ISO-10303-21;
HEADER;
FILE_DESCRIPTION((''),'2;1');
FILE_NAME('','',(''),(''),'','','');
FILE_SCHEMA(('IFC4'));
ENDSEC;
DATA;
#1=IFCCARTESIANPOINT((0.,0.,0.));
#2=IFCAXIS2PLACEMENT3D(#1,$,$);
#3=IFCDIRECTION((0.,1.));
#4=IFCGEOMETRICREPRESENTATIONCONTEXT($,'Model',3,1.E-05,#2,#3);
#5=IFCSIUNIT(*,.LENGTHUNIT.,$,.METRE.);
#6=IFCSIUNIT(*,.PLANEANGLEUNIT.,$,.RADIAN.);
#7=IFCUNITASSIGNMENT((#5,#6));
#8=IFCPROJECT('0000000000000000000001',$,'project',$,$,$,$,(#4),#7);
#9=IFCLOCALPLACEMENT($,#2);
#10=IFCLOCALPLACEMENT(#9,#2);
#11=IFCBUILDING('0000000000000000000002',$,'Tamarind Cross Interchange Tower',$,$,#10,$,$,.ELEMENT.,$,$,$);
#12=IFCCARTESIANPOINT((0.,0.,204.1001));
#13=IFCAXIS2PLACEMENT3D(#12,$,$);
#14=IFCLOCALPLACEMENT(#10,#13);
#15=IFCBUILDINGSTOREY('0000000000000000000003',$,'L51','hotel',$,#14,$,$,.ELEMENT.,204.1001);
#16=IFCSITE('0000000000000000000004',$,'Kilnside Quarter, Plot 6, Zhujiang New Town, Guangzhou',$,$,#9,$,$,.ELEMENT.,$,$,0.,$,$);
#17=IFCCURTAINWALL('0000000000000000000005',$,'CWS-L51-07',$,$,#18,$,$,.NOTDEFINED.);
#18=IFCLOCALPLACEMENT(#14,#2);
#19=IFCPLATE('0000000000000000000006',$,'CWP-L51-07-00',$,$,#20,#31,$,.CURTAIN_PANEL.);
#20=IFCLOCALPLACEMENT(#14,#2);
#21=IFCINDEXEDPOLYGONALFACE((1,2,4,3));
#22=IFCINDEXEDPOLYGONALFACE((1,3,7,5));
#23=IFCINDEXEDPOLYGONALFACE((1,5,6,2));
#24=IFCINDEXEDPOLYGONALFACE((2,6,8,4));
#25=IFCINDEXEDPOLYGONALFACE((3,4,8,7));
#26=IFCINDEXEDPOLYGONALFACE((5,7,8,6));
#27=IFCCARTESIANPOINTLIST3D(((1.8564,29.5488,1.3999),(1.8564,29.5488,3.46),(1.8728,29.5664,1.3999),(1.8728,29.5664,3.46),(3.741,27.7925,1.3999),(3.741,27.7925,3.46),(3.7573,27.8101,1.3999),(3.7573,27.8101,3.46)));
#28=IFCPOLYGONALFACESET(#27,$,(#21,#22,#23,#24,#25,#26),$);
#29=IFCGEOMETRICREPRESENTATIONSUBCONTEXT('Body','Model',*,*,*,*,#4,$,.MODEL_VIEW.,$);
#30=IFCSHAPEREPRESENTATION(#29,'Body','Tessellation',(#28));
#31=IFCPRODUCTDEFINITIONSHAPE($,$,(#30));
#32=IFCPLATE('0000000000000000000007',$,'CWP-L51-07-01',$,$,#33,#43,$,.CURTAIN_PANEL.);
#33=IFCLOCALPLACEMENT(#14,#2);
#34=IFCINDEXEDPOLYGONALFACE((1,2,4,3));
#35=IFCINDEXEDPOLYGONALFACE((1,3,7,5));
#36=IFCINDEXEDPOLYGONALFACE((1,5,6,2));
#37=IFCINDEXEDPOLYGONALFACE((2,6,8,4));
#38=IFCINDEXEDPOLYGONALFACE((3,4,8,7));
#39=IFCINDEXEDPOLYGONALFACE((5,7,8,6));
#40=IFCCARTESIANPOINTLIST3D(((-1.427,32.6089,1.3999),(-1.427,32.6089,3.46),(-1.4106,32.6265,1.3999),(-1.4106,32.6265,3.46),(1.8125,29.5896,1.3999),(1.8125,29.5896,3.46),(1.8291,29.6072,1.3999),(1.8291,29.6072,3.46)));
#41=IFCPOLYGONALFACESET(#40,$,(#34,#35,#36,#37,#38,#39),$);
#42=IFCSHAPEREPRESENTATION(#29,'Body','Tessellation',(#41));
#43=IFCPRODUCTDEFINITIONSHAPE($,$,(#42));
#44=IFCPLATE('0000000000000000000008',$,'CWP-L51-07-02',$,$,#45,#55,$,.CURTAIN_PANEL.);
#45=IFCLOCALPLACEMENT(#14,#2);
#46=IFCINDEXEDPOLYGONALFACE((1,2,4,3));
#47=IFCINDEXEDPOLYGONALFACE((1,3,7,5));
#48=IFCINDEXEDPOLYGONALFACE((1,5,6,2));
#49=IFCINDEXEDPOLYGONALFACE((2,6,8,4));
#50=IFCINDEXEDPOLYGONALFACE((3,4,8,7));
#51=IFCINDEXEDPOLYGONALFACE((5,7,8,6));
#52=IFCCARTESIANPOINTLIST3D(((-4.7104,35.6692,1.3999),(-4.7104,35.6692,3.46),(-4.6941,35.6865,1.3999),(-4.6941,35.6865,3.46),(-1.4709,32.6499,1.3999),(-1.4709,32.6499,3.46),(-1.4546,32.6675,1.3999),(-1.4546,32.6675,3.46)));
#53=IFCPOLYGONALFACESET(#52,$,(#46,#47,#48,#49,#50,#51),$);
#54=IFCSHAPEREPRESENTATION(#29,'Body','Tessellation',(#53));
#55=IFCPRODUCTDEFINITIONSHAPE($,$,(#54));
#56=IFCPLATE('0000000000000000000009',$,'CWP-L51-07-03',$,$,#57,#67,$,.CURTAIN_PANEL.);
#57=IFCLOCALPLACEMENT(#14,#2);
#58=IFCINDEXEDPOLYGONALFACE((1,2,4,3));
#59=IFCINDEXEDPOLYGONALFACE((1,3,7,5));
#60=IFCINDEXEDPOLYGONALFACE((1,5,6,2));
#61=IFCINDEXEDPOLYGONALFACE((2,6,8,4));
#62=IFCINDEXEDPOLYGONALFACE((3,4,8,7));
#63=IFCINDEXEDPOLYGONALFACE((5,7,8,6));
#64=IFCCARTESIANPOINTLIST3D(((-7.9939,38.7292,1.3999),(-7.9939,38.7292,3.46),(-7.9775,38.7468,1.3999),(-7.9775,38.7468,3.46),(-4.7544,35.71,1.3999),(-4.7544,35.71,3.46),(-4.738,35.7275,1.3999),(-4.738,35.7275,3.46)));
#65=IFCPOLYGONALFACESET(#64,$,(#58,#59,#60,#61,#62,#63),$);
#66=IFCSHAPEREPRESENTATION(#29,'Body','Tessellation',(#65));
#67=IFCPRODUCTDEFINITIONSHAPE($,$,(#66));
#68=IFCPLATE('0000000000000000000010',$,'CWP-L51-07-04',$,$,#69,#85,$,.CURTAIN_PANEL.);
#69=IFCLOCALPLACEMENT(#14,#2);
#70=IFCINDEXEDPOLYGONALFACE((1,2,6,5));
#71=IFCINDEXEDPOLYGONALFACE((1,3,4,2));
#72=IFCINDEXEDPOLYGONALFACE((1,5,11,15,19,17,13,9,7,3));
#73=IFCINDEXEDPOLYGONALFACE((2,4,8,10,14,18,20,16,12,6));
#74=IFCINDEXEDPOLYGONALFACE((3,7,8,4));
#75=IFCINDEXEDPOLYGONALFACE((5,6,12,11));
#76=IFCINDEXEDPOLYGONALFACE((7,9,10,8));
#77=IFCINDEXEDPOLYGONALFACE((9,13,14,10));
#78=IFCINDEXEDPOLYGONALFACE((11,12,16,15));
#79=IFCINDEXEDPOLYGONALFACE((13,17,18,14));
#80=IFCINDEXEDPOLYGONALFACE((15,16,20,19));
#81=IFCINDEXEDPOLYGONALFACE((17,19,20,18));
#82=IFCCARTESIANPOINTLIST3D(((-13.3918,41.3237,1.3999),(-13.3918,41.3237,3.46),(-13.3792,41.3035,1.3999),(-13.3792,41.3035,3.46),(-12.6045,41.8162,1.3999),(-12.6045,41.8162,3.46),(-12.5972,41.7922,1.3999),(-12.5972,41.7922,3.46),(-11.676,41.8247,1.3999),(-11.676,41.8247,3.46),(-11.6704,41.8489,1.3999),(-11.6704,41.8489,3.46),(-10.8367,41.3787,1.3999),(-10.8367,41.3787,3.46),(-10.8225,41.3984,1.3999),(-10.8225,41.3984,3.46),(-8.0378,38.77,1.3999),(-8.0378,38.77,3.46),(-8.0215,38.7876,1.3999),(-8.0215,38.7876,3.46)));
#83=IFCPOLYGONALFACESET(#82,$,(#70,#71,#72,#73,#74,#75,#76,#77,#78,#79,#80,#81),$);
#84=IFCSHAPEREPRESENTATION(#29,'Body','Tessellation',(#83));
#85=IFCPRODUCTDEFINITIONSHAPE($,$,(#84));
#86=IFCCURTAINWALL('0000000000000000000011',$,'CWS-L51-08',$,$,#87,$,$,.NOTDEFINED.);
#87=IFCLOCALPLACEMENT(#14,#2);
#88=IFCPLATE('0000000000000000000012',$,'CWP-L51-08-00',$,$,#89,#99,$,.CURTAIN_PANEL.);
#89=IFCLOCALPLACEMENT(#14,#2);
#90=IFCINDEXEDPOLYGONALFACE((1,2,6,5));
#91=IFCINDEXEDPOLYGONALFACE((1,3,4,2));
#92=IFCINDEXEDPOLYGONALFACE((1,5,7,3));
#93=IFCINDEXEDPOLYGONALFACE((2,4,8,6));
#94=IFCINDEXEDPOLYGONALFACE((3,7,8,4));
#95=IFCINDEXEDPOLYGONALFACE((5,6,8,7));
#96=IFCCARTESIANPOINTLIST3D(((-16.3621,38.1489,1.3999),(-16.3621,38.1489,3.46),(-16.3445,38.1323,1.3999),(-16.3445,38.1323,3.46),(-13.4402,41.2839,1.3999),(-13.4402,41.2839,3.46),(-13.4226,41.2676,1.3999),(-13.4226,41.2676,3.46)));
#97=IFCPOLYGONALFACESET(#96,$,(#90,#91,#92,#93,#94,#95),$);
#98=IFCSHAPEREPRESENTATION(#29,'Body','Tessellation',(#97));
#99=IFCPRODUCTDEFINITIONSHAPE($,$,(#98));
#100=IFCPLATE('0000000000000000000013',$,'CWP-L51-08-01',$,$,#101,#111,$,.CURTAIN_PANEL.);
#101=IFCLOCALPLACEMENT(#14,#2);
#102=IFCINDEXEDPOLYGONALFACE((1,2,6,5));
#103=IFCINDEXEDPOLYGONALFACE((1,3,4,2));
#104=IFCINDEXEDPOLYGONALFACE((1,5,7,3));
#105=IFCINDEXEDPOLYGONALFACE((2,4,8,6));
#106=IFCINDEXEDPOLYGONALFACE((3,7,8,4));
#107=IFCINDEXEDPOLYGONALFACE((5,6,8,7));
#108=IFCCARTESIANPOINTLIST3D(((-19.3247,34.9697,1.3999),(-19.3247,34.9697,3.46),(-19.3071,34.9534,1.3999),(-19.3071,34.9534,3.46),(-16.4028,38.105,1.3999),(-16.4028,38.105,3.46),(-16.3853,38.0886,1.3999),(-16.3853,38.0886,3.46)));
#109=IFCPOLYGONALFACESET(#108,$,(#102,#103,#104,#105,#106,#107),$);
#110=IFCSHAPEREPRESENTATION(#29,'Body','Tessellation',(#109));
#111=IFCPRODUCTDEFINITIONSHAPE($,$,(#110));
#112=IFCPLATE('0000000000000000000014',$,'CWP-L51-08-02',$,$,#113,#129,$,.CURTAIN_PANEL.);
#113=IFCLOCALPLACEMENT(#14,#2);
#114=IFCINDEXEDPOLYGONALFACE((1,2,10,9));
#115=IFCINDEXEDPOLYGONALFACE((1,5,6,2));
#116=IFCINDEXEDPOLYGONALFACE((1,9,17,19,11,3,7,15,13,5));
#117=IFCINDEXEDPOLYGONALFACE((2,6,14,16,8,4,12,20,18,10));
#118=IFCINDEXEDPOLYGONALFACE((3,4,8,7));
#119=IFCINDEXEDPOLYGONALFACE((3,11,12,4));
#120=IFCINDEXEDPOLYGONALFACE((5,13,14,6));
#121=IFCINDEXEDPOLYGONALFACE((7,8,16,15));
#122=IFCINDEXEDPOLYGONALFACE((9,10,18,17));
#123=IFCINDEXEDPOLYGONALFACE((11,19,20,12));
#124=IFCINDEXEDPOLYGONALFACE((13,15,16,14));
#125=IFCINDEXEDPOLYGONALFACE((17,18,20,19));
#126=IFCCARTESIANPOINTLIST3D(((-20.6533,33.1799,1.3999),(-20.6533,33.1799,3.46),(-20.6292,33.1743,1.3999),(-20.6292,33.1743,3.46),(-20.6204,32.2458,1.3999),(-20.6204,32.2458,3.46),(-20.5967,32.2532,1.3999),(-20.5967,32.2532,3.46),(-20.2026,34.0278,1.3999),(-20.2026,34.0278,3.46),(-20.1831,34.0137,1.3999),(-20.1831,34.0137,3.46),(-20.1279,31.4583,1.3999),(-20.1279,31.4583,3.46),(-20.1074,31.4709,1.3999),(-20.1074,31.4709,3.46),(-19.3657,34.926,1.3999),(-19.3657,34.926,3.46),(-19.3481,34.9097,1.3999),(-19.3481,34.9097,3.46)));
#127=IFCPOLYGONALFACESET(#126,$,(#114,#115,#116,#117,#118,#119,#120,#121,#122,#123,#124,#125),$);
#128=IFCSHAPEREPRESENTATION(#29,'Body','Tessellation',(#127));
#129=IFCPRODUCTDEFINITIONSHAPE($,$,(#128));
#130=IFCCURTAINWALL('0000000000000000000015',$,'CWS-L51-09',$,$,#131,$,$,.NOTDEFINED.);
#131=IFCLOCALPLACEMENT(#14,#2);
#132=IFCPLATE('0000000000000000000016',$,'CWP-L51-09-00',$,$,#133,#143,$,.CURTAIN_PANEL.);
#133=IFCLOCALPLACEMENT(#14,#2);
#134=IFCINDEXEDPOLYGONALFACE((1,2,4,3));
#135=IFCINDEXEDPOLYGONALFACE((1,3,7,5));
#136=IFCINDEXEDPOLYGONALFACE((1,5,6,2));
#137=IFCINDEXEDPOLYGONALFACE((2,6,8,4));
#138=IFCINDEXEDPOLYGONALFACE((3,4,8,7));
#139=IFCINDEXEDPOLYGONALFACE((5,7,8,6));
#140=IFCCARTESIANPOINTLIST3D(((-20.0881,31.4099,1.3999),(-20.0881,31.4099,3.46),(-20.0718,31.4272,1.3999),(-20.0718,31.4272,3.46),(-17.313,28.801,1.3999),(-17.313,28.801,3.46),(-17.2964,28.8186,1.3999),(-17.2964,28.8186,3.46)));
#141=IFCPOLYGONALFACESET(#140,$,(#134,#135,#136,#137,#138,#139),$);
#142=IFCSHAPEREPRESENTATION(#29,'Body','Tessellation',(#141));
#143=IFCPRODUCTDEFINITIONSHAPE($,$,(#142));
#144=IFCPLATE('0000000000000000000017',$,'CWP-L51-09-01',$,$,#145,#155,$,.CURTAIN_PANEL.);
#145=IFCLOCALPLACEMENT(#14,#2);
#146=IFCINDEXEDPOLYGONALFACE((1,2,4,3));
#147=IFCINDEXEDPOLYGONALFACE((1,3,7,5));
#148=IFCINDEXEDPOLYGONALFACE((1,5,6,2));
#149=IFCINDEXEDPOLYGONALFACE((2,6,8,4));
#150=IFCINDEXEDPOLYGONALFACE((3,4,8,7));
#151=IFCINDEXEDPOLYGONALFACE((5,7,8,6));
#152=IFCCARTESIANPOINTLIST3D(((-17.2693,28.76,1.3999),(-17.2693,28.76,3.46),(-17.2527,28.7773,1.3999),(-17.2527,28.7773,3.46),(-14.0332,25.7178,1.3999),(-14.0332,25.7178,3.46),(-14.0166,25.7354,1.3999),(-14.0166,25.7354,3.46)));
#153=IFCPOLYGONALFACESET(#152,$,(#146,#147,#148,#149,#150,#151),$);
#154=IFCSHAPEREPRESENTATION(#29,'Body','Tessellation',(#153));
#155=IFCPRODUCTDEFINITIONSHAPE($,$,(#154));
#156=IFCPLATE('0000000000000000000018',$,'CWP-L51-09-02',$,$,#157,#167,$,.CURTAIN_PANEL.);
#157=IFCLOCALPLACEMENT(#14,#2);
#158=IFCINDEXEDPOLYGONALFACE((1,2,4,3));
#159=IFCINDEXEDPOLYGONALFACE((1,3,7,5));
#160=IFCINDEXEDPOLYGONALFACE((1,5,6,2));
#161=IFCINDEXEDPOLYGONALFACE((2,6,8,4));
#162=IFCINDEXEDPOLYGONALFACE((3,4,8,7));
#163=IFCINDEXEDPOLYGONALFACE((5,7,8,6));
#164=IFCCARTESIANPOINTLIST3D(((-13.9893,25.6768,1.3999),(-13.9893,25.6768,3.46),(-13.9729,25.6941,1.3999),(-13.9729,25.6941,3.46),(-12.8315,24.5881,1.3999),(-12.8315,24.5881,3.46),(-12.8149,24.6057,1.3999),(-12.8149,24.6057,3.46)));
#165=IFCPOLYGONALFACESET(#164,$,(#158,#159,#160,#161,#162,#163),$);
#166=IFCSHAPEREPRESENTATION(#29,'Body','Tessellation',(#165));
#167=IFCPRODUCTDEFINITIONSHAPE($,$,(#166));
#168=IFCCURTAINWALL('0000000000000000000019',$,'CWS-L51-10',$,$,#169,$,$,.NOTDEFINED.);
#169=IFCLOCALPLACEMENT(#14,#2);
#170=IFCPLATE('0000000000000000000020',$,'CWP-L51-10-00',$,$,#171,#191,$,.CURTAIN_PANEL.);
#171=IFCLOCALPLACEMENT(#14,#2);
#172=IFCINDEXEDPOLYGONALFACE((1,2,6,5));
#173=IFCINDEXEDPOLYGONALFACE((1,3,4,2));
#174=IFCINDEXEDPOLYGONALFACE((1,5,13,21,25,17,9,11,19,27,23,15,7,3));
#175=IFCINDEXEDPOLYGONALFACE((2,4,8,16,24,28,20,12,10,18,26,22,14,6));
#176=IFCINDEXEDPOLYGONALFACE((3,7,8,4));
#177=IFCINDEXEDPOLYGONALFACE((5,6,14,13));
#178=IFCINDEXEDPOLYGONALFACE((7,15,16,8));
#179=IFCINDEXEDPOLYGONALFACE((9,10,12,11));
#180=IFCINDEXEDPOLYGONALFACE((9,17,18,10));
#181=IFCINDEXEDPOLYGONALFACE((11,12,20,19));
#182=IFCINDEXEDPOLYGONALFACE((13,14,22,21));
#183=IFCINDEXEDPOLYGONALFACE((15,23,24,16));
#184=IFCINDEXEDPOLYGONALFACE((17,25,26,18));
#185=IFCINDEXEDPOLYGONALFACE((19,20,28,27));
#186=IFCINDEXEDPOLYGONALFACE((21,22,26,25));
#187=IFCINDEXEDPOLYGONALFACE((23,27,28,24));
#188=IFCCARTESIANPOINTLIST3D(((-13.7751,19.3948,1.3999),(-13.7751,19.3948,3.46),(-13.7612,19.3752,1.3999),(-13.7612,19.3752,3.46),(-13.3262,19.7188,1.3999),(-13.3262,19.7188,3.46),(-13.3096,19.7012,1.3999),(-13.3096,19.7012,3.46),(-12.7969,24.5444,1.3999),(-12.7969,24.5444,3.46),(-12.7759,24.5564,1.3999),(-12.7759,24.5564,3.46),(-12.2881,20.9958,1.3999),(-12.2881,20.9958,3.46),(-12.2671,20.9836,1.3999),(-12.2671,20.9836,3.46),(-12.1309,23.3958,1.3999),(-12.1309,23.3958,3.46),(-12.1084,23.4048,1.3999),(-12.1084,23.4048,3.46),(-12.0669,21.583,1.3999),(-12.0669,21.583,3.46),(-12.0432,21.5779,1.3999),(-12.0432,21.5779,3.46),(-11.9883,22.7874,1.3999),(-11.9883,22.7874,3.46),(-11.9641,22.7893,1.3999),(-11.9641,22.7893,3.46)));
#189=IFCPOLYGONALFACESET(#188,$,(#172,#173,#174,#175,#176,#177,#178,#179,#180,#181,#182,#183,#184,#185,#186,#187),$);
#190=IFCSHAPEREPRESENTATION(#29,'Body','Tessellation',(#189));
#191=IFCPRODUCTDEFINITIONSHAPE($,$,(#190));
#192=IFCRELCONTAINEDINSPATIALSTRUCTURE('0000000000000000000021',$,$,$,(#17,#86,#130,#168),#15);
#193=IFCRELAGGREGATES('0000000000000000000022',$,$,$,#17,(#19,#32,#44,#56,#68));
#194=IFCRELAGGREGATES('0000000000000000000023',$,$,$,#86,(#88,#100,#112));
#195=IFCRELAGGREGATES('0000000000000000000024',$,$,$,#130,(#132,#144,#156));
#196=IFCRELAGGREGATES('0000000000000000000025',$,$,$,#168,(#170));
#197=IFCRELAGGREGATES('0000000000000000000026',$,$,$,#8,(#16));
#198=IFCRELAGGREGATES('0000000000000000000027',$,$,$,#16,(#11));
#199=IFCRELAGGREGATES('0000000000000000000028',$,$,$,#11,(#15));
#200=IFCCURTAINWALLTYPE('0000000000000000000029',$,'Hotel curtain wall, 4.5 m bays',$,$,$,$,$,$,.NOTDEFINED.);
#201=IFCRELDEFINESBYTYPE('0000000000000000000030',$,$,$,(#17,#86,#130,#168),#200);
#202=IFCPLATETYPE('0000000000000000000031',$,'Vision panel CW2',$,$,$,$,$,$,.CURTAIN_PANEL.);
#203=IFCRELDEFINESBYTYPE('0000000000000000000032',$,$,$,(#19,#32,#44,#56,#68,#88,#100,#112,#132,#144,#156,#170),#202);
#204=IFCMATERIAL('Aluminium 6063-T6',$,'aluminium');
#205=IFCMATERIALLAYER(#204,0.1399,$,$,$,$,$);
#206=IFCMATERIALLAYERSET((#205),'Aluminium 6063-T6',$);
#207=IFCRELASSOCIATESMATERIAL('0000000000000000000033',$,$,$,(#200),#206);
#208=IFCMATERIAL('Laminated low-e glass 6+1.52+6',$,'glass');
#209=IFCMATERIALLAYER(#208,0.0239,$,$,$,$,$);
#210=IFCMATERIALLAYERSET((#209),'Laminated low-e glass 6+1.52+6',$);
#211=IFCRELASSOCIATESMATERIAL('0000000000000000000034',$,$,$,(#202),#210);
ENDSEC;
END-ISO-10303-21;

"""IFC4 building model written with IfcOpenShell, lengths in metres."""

from ifc_helpers import new_model, si_unit, direction, frame, origin, place, context, subcontext, project, spatial, polyline, outline, extrude, material, layer, layer_set, type_object, element, aggregate, save


model = new_model("IFC4")

# Units and contexts
model_context = context("Model", 3, precision=1e-05, world=origin(), true_north=direction((0.0, 1.0)))
body_context = subcontext(model_context, "Body", "Model", "MODEL_VIEW")
ifc_project = project(units=[si_unit("LENGTHUNIT", "METRE"), si_unit("PLANEANGLEUNIT", "RADIAN")], contexts=[model_context])

# Site, building, storey
site_placement = place(None, origin())
site = spatial("IfcSite", under=ifc_project, at=site_placement, Name="Kilnside Quarter, Plot 6, Zhujiang New Town, Guangzhou", CompositionType="ELEMENT", RefElevation=0.0)
building_placement = place(site_placement, origin())
building = spatial("IfcBuilding", under=site, at=building_placement, Name="Tamarind Cross Interchange Tower", CompositionType="ELEMENT")
storey_placement = place(building_placement, frame((0.0, 0.0, 204.1001)))
storey = spatial("IfcBuildingStorey", under=building, at=storey_placement, Name="L51", Description="hotel", CompositionType="ELEMENT", Elevation=204.1001)

# Curtain walls, plates
ifc_material_1 = material(Name="Aluminium 6063-T6", Category="aluminium")
ifc_layer_1 = layer(ifc_material_1, 0.1399)
ifc_layer_set_1 = layer_set([ifc_layer_1], Name="Aluminium 6063-T6")
curtain_wall_type = type_object("IfcCurtainWallType", Name="Hotel curtain wall, 4.5 m bays", PredefinedType="NOTDEFINED", material=ifc_layer_set_1)
ifc_material_2 = material(Name="Laminated low-e glass 6+1.52+6", Category="glass")
ifc_layer_2 = layer(ifc_material_2, 0.0239)
ifc_layer_set_2 = layer_set([ifc_layer_2], Name="Laminated low-e glass 6+1.52+6")
plate_type = type_object("IfcPlateType", Name="Vision panel CW2", PredefinedType="CURTAIN_PANEL", material=ifc_layer_set_2)
curtain_wall_1_placement = place(storey_placement, origin())
curtain_wall_1 = element("IfcCurtainWall", 1, at=curtain_wall_1_placement, inside=storey, type_object=curtain_wall_type, Name="CWS-L51-07", PredefinedType="NOTDEFINED")
plate_1_placement = place(storey_placement, frame((0.0, 0.0, 1.3999)))
plate_1 = element("IfcPlate", 2, at=plate_1_placement, type_object=plate_type, Name="CWP-L51-07-00", PredefinedType="CURTAIN_PANEL", context=body_context, shape_type="SweptSolid", body=[
    extrude(outline(polyline([(3.741, 27.7925), (1.8564, 29.5488), (1.8728, 29.5664), (3.7573, 27.8101), (3.741, 27.7925)])), origin(), (0.0, 0.0, 1.0), 2.0601),
])
plate_2_placement = place(storey_placement, frame((0.0, 0.0, 1.3999)))
plate_2 = element("IfcPlate", 3, at=plate_2_placement, type_object=plate_type, Name="CWP-L51-07-01", PredefinedType="CURTAIN_PANEL", context=body_context, shape_type="SweptSolid", body=[
    extrude(outline(polyline([(1.8125, 29.5896), (-1.427, 32.6089), (-1.4106, 32.6265), (1.8291, 29.6072), (1.8125, 29.5896)])), origin(), (0.0, 0.0, 1.0), 2.0601),
])
plate_3_placement = place(storey_placement, frame((0.0, 0.0, 1.3999)))
plate_3 = element("IfcPlate", 4, at=plate_3_placement, type_object=plate_type, Name="CWP-L51-07-02", PredefinedType="CURTAIN_PANEL", context=body_context, shape_type="SweptSolid", body=[
    extrude(outline(polyline([(-1.4709, 32.6499), (-4.7104, 35.6692), (-4.6941, 35.6865), (-1.4546, 32.6675), (-1.4709, 32.6499)])), origin(), (0.0, 0.0, 1.0), 2.0601),
])
plate_4_placement = place(storey_placement, frame((0.0, 0.0, 1.3999)))
plate_4 = element("IfcPlate", 5, at=plate_4_placement, type_object=plate_type, Name="CWP-L51-07-03", PredefinedType="CURTAIN_PANEL", context=body_context, shape_type="SweptSolid", body=[
    extrude(outline(polyline([(-4.7544, 35.71), (-7.9939, 38.7292), (-7.9775, 38.7468), (-4.738, 35.7275), (-4.7544, 35.71)])), origin(), (0.0, 0.0, 1.0), 2.0601),
])
plate_5_placement = place(storey_placement, frame((0.0, 0.0, 1.3999)))
plate_5 = element("IfcPlate", 6, at=plate_5_placement, type_object=plate_type, Name="CWP-L51-07-04", PredefinedType="CURTAIN_PANEL", context=body_context, shape_type="SweptSolid", body=[
    extrude(outline(polyline([(-8.0378, 38.77), (-10.8367, 41.3787), (-11.676, 41.8247), (-12.5972, 41.7922), (-13.3792, 41.3035), (-13.3918, 41.3237), (-12.6045, 41.8162), (-11.6704, 41.8489), (-10.8225, 41.3984), (-8.0215, 38.7876), (-8.0378, 38.77)])), origin(), (0.0, 0.0, 1.0), 2.0601),
])
aggregate(curtain_wall_1, [plate_1, plate_2, plate_3, plate_4, plate_5])
curtain_wall_2_placement = place(storey_placement, origin())
curtain_wall_2 = element("IfcCurtainWall", 7, at=curtain_wall_2_placement, inside=storey, type_object=curtain_wall_type, Name="CWS-L51-08", PredefinedType="NOTDEFINED")
plate_6_placement = place(storey_placement, frame((0.0, 0.0, 1.3999)))
plate_6 = element("IfcPlate", 8, at=plate_6_placement, type_object=plate_type, Name="CWP-L51-08-00", PredefinedType="CURTAIN_PANEL", context=body_context, shape_type="SweptSolid", body=[
    extrude(outline(polyline([(-13.4226, 41.2676), (-16.3445, 38.1323), (-16.3621, 38.1489), (-13.4402, 41.2839), (-13.4226, 41.2676)])), origin(), (0.0, 0.0, 1.0), 2.0601),
])
plate_7_placement = place(storey_placement, frame((0.0, 0.0, 1.3999)))
plate_7 = element("IfcPlate", 9, at=plate_7_placement, type_object=plate_type, Name="CWP-L51-08-01", PredefinedType="CURTAIN_PANEL", context=body_context, shape_type="SweptSolid", body=[
    extrude(outline(polyline([(-16.3853, 38.0886), (-19.3071, 34.9534), (-19.3247, 34.9697), (-16.4028, 38.105), (-16.3853, 38.0886)])), origin(), (0.0, 0.0, 1.0), 2.0601),
])
plate_8_placement = place(storey_placement, frame((0.0, 0.0, 1.3999)))
plate_8 = element("IfcPlate", 10, at=plate_8_placement, type_object=plate_type, Name="CWP-L51-08-02", PredefinedType="CURTAIN_PANEL", context=body_context, shape_type="SweptSolid", body=[
    extrude(outline(polyline([(-19.3481, 34.9097), (-20.1831, 34.0137), (-20.6292, 33.1743), (-20.5967, 32.2532), (-20.1074, 31.4709), (-20.1279, 31.4583), (-20.6204, 32.2458), (-20.6533, 33.1799), (-20.2026, 34.0278), (-19.3657, 34.926), (-19.3481, 34.9097)])), origin(), (0.0, 0.0, 1.0), 2.0601),
])
aggregate(curtain_wall_2, [plate_6, plate_7, plate_8])
curtain_wall_3_placement = place(storey_placement, origin())
curtain_wall_3 = element("IfcCurtainWall", 11, at=curtain_wall_3_placement, inside=storey, type_object=curtain_wall_type, Name="CWS-L51-09", PredefinedType="NOTDEFINED")
plate_9_placement = place(storey_placement, frame((0.0, 0.0, 1.3999)))
plate_9 = element("IfcPlate", 12, at=plate_9_placement, type_object=plate_type, Name="CWP-L51-09-00", PredefinedType="CURTAIN_PANEL", context=body_context, shape_type="SweptSolid", body=[
    extrude(outline(polyline([(-20.0718, 31.4272), (-17.2964, 28.8186), (-17.313, 28.801), (-20.0881, 31.4099), (-20.0718, 31.4272)])), origin(), (0.0, 0.0, 1.0), 2.0601),
])
plate_10_placement = place(storey_placement, frame((0.0, 0.0, 1.3999)))
plate_10 = element("IfcPlate", 13, at=plate_10_placement, type_object=plate_type, Name="CWP-L51-09-01", PredefinedType="CURTAIN_PANEL", context=body_context, shape_type="SweptSolid", body=[
    extrude(outline(polyline([(-17.2527, 28.7773), (-14.0166, 25.7354), (-14.0332, 25.7178), (-17.2693, 28.76), (-17.2527, 28.7773)])), origin(), (0.0, 0.0, 1.0), 2.0601),
])
plate_11_placement = place(storey_placement, frame((0.0, 0.0, 1.3999)))
plate_11 = element("IfcPlate", 14, at=plate_11_placement, type_object=plate_type, Name="CWP-L51-09-02", PredefinedType="CURTAIN_PANEL", context=body_context, shape_type="SweptSolid", body=[
    extrude(outline(polyline([(-13.9729, 25.6941), (-12.8149, 24.6057), (-12.8315, 24.5881), (-13.9893, 25.6768), (-13.9729, 25.6941)])), origin(), (0.0, 0.0, 1.0), 2.0601),
])
aggregate(curtain_wall_3, [plate_9, plate_10, plate_11])
curtain_wall_4_placement = place(storey_placement, origin())
curtain_wall_4 = element("IfcCurtainWall", 15, at=curtain_wall_4_placement, inside=storey, type_object=curtain_wall_type, Name="CWS-L51-10", PredefinedType="NOTDEFINED")
plate_12_placement = place(storey_placement, frame((0.0, 0.0, 1.3999)))
plate_12 = element("IfcPlate", 16, at=plate_12_placement, type_object=plate_type, Name="CWP-L51-10-00", PredefinedType="CURTAIN_PANEL", context=body_context, shape_type="SweptSolid", body=[
    extrude(outline(polyline([(-12.7759, 24.5564), (-12.1084, 23.4048), (-11.9641, 22.7893), (-12.0432, 21.5779), (-12.2671, 20.9836), (-13.3096, 19.7012), (-13.7612, 19.3752), (-13.7751, 19.3948), (-13.3262, 19.7188), (-12.2881, 20.9958), (-12.0669, 21.583), (-11.9883, 22.7874), (-12.1309, 23.3958), (-12.7969, 24.5444), (-12.7759, 24.5564)])), origin(), (0.0, 0.0, 1.0), 2.0601),
])
aggregate(curtain_wall_4, [plate_12])

save(model, "model.ifc")
